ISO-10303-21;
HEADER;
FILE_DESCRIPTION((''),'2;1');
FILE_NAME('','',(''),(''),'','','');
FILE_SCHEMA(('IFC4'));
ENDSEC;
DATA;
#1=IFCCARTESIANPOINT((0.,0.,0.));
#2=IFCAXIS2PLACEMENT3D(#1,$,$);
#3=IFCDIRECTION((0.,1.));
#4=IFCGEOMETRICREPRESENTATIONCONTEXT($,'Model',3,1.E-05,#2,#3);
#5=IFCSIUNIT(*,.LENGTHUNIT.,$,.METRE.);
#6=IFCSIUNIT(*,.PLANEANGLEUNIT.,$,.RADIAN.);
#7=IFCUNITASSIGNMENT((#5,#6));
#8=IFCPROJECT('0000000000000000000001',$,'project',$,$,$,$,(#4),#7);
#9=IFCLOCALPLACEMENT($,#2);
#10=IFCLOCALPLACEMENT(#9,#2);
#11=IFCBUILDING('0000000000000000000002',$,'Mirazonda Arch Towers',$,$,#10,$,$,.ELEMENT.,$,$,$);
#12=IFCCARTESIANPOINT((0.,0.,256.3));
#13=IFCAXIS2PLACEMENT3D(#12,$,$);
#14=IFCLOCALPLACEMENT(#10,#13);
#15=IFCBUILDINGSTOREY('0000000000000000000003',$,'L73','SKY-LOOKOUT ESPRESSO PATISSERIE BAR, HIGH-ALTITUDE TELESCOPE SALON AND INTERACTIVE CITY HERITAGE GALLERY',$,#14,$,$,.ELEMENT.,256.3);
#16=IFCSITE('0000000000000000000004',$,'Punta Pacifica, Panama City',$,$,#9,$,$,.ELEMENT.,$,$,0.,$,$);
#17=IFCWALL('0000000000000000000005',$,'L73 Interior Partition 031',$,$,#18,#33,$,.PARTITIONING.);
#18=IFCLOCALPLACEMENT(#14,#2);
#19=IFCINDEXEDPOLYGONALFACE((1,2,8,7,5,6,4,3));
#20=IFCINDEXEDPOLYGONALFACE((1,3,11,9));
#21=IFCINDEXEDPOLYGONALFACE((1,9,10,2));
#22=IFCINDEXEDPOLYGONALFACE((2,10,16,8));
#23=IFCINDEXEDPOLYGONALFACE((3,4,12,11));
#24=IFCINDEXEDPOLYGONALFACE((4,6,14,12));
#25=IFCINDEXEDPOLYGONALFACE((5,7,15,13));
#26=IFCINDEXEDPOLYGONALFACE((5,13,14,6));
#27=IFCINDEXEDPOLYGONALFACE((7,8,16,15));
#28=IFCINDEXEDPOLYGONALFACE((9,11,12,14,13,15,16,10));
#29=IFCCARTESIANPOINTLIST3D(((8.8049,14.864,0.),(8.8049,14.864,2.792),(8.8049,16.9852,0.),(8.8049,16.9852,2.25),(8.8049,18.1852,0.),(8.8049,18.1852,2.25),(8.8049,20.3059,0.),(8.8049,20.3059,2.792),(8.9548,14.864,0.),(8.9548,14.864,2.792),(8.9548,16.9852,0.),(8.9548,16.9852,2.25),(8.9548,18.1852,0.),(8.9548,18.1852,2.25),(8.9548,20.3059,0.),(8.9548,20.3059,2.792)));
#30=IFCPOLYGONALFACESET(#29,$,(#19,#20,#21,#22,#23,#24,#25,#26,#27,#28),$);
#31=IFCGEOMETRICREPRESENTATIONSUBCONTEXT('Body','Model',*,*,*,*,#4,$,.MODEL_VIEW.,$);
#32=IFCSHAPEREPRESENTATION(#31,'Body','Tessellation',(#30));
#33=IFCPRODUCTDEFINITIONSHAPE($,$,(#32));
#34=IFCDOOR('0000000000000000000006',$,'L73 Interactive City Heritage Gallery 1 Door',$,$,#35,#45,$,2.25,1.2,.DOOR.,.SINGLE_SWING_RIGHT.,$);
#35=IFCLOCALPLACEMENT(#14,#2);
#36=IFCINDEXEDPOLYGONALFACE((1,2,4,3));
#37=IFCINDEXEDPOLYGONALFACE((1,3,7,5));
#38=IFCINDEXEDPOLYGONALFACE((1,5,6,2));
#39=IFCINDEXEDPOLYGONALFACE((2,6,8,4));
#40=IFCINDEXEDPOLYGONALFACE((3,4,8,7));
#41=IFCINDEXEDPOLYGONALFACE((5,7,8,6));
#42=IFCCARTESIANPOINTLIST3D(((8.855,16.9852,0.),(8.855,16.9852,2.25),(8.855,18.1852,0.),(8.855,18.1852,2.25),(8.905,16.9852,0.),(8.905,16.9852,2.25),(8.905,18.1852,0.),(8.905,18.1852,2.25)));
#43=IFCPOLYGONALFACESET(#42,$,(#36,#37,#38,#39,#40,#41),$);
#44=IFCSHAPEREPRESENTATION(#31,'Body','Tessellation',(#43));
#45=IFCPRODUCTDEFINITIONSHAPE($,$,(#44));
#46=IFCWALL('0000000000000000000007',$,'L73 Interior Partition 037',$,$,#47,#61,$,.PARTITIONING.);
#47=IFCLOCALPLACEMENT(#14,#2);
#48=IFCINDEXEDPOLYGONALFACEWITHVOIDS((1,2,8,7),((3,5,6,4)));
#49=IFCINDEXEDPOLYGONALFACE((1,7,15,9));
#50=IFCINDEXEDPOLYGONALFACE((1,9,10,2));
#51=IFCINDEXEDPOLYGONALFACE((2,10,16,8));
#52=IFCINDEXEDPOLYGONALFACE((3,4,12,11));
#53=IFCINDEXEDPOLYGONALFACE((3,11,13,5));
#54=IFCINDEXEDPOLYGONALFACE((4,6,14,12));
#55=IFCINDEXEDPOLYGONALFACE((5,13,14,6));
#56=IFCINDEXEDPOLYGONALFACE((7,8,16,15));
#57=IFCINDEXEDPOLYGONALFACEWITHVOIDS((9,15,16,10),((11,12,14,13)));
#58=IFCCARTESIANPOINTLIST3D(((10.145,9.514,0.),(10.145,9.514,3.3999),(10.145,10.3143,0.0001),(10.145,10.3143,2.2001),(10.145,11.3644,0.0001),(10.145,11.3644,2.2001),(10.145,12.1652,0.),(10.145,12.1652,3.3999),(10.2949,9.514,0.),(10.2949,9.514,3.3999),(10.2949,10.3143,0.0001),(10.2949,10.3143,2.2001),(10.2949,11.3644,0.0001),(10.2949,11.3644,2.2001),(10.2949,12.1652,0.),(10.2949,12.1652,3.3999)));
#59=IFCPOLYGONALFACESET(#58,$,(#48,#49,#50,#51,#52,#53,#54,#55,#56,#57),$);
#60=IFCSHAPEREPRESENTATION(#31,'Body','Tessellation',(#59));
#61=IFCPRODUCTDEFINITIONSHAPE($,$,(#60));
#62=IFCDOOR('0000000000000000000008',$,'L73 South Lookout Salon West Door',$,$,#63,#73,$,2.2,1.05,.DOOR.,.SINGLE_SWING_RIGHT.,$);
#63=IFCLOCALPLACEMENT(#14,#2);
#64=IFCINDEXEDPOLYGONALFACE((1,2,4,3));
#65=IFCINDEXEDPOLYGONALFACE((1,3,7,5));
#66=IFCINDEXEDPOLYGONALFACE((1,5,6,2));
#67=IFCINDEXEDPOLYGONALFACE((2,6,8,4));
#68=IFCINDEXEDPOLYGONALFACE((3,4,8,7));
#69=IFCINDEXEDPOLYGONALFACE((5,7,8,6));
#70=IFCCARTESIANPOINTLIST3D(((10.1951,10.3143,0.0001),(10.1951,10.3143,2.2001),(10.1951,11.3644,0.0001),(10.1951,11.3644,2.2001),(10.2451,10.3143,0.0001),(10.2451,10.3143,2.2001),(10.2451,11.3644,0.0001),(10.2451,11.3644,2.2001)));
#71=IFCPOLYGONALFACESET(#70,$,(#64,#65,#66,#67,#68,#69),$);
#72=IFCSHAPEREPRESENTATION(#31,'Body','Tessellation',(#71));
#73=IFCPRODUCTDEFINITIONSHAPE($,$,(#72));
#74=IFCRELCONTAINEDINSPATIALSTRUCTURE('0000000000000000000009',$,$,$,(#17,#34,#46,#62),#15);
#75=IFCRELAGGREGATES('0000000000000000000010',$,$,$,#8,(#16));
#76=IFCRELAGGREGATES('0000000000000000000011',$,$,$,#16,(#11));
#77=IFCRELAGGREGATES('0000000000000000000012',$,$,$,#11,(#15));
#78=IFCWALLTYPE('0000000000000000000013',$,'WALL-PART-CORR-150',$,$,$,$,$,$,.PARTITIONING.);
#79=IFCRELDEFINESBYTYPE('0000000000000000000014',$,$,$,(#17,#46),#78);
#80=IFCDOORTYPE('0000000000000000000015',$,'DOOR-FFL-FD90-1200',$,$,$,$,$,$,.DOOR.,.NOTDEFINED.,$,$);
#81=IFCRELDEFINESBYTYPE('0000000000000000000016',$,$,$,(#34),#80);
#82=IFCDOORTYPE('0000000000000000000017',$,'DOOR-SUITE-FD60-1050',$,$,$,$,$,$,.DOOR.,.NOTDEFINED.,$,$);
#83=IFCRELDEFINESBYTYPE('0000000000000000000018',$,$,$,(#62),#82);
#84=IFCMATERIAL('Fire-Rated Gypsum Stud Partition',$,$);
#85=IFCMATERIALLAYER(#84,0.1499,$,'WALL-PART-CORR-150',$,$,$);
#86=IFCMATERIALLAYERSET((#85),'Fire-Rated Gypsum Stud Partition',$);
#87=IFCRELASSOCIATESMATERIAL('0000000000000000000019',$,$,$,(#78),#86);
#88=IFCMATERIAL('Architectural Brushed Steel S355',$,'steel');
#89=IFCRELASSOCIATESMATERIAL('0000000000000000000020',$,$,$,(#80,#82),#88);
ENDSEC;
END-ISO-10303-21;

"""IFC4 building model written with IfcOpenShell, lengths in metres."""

from ifc_helpers import new_model, si_unit, direction, frame, frame_2d, origin, place, context, subcontext, project, spatial, rectangle, extrude, material, layer, layer_set, type_object, element, fill, save


model = new_model("IFC4")

# Units and contexts
model_context = context("Model", 3, precision=1e-05, world=origin(), true_north=direction((0.0, 1.0)))
body_context = subcontext(model_context, "Body", "Model", "MODEL_VIEW")
ifc_project = project(units=[si_unit("LENGTHUNIT", "METRE"), si_unit("PLANEANGLEUNIT", "RADIAN")], contexts=[model_context])

# Site, building, storey
site_placement = place(None, origin())
site = spatial("IfcSite", under=ifc_project, at=site_placement, Name="Punta Pacifica, Panama City", CompositionType="ELEMENT", RefElevation=0.0)
building_placement = place(site_placement, origin())
building = spatial("IfcBuilding", under=site, at=building_placement, Name="Mirazonda Arch Towers", CompositionType="ELEMENT")
storey_placement = place(building_placement, frame((0.0, 0.0, 256.3)))
storey = spatial("IfcBuildingStorey", under=building, at=storey_placement, Name="L73", Description="SKY-LOOKOUT ESPRESSO PATISSERIE BAR, HIGH-ALTITUDE TELESCOPE SALON AND INTERACTIVE CITY HERITAGE GALLERY", CompositionType="ELEMENT", Elevation=256.3)

# Shared definitions
ifc_material_1 = material(Name="Fire-Rated Gypsum Stud Partition")
ifc_layer_1 = layer(ifc_material_1, 0.1499, Name="WALL-PART-CORR-150")
ifc_layer_set_1 = layer_set([ifc_layer_1], Name="Fire-Rated Gypsum Stud Partition")
wall_type_1 = type_object("IfcWallType", Name="WALL-PART-CORR-150", PredefinedType="PARTITIONING", material=ifc_layer_set_1)

# Walls, openings, doors
ifc_material_2 = material(Name="Architectural Brushed Steel S355", Category="steel")
wall_1_placement = place(storey_placement, frame((8.8799, 14.864, 0.0), z_axis=(0.0, 0.0, 1.0), x_axis=(0.0, 1.0, 0.0)))
wall_1 = element("IfcWall", 1, at=wall_1_placement, inside=storey, type_object=wall_type_1, Name="L73 Interior Partition 031", PredefinedType="PARTITIONING", context=body_context, shape_type="SweptSolid", body=[
    extrude(rectangle(XDim=5.4419, YDim=0.1499, at=frame_2d((2.7209, 0.0))), origin(), (0.0, 0.0, 1.0), 2.792),
])
opening_1_placement = place(wall_1_placement, frame((2.1211, 0.0, 0.0)))
opening_1 = element("IfcOpeningElement", 2, at=opening_1_placement, cuts=wall_1, PredefinedType="OPENING", context=body_context, shape_type="SweptSolid", body=[
    extrude(rectangle(XDim=1.2, YDim=2.25, at=frame_2d((0.6001, 1.125))), frame((0.0, 0.085, 0.0), z_axis=(0.0, -1.0, 0.0), x_axis=(1.0, 0.0, 0.0)), (0.0, 0.0, 1.0), 0.1699),
])
door_type_1 = type_object("IfcDoorType", Name="DOOR-FFL-FD90-1200", OperationType="NOTDEFINED", PredefinedType="DOOR", material=ifc_material_2)
door_1_placement = place(opening_1_placement, origin())
door_1 = element("IfcDoor", 3, at=door_1_placement, inside=storey, type_object=door_type_1, Name="L73 Interactive City Heritage Gallery 1 Door", OperationType="SINGLE_SWING_RIGHT", OverallHeight=2.25, OverallWidth=1.2, PredefinedType="DOOR", context=body_context, shape_type="SweptSolid", body=[
    extrude(rectangle(XDim=1.2, YDim=2.25, at=frame_2d((0.6001, 1.125))), frame((0.0, 0.0249, 0.0), z_axis=(0.0, -1.0, 0.0), x_axis=(1.0, 0.0, 0.0)), (0.0, 0.0, 1.0), 0.05),
])
fill(opening_1, door_1)
wall_2_placement = place(storey_placement, frame((10.22, 9.5139, 0.0), z_axis=(0.0, 0.0, 1.0), x_axis=(0.0, 1.0, 0.0)))
wall_2 = element("IfcWall", 4, at=wall_2_placement, inside=storey, type_object=wall_type_1, Name="L73 Interior Partition 037", PredefinedType="PARTITIONING", context=body_context, shape_type="SweptSolid", body=[
    extrude(rectangle(XDim=2.6511, YDim=0.1499, at=frame_2d((1.3257, 0.0))), origin(), (0.0, 0.0, 1.0), 3.3999),
])
opening_2_placement = place(wall_2_placement, frame((0.8005, 0.0, 0.0)))
opening_2 = element("IfcOpeningElement", 5, at=opening_2_placement, cuts=wall_2, PredefinedType="OPENING", context=body_context, shape_type="SweptSolid", body=[
    extrude(rectangle(XDim=1.05, YDim=2.2, at=frame_2d((0.5249, 1.1001))), frame((0.0, 0.085, 0.0), z_axis=(0.0, -1.0, 0.0), x_axis=(1.0, 0.0, 0.0)), (0.0, 0.0, 1.0), 0.1699),
])
door_type_2 = type_object("IfcDoorType", Name="DOOR-SUITE-FD60-1050", OperationType="NOTDEFINED", PredefinedType="DOOR", material=ifc_material_2)
door_2_placement = place(opening_2_placement, origin())
door_2 = element("IfcDoor", 6, at=door_2_placement, inside=storey, type_object=door_type_2, Name="L73 South Lookout Salon West Door", OperationType="SINGLE_SWING_RIGHT", OverallHeight=2.2, OverallWidth=1.05, PredefinedType="DOOR", context=body_context, shape_type="SweptSolid", body=[
    extrude(rectangle(XDim=1.05, YDim=2.2, at=frame_2d((0.5249, 1.1001))), frame((0.0, 0.0249, 0.0), z_axis=(0.0, -1.0, 0.0), x_axis=(1.0, 0.0, 0.0)), (0.0, 0.0, 1.0), 0.05),
])
fill(opening_2, door_2)

save(model, "model.ifc")
